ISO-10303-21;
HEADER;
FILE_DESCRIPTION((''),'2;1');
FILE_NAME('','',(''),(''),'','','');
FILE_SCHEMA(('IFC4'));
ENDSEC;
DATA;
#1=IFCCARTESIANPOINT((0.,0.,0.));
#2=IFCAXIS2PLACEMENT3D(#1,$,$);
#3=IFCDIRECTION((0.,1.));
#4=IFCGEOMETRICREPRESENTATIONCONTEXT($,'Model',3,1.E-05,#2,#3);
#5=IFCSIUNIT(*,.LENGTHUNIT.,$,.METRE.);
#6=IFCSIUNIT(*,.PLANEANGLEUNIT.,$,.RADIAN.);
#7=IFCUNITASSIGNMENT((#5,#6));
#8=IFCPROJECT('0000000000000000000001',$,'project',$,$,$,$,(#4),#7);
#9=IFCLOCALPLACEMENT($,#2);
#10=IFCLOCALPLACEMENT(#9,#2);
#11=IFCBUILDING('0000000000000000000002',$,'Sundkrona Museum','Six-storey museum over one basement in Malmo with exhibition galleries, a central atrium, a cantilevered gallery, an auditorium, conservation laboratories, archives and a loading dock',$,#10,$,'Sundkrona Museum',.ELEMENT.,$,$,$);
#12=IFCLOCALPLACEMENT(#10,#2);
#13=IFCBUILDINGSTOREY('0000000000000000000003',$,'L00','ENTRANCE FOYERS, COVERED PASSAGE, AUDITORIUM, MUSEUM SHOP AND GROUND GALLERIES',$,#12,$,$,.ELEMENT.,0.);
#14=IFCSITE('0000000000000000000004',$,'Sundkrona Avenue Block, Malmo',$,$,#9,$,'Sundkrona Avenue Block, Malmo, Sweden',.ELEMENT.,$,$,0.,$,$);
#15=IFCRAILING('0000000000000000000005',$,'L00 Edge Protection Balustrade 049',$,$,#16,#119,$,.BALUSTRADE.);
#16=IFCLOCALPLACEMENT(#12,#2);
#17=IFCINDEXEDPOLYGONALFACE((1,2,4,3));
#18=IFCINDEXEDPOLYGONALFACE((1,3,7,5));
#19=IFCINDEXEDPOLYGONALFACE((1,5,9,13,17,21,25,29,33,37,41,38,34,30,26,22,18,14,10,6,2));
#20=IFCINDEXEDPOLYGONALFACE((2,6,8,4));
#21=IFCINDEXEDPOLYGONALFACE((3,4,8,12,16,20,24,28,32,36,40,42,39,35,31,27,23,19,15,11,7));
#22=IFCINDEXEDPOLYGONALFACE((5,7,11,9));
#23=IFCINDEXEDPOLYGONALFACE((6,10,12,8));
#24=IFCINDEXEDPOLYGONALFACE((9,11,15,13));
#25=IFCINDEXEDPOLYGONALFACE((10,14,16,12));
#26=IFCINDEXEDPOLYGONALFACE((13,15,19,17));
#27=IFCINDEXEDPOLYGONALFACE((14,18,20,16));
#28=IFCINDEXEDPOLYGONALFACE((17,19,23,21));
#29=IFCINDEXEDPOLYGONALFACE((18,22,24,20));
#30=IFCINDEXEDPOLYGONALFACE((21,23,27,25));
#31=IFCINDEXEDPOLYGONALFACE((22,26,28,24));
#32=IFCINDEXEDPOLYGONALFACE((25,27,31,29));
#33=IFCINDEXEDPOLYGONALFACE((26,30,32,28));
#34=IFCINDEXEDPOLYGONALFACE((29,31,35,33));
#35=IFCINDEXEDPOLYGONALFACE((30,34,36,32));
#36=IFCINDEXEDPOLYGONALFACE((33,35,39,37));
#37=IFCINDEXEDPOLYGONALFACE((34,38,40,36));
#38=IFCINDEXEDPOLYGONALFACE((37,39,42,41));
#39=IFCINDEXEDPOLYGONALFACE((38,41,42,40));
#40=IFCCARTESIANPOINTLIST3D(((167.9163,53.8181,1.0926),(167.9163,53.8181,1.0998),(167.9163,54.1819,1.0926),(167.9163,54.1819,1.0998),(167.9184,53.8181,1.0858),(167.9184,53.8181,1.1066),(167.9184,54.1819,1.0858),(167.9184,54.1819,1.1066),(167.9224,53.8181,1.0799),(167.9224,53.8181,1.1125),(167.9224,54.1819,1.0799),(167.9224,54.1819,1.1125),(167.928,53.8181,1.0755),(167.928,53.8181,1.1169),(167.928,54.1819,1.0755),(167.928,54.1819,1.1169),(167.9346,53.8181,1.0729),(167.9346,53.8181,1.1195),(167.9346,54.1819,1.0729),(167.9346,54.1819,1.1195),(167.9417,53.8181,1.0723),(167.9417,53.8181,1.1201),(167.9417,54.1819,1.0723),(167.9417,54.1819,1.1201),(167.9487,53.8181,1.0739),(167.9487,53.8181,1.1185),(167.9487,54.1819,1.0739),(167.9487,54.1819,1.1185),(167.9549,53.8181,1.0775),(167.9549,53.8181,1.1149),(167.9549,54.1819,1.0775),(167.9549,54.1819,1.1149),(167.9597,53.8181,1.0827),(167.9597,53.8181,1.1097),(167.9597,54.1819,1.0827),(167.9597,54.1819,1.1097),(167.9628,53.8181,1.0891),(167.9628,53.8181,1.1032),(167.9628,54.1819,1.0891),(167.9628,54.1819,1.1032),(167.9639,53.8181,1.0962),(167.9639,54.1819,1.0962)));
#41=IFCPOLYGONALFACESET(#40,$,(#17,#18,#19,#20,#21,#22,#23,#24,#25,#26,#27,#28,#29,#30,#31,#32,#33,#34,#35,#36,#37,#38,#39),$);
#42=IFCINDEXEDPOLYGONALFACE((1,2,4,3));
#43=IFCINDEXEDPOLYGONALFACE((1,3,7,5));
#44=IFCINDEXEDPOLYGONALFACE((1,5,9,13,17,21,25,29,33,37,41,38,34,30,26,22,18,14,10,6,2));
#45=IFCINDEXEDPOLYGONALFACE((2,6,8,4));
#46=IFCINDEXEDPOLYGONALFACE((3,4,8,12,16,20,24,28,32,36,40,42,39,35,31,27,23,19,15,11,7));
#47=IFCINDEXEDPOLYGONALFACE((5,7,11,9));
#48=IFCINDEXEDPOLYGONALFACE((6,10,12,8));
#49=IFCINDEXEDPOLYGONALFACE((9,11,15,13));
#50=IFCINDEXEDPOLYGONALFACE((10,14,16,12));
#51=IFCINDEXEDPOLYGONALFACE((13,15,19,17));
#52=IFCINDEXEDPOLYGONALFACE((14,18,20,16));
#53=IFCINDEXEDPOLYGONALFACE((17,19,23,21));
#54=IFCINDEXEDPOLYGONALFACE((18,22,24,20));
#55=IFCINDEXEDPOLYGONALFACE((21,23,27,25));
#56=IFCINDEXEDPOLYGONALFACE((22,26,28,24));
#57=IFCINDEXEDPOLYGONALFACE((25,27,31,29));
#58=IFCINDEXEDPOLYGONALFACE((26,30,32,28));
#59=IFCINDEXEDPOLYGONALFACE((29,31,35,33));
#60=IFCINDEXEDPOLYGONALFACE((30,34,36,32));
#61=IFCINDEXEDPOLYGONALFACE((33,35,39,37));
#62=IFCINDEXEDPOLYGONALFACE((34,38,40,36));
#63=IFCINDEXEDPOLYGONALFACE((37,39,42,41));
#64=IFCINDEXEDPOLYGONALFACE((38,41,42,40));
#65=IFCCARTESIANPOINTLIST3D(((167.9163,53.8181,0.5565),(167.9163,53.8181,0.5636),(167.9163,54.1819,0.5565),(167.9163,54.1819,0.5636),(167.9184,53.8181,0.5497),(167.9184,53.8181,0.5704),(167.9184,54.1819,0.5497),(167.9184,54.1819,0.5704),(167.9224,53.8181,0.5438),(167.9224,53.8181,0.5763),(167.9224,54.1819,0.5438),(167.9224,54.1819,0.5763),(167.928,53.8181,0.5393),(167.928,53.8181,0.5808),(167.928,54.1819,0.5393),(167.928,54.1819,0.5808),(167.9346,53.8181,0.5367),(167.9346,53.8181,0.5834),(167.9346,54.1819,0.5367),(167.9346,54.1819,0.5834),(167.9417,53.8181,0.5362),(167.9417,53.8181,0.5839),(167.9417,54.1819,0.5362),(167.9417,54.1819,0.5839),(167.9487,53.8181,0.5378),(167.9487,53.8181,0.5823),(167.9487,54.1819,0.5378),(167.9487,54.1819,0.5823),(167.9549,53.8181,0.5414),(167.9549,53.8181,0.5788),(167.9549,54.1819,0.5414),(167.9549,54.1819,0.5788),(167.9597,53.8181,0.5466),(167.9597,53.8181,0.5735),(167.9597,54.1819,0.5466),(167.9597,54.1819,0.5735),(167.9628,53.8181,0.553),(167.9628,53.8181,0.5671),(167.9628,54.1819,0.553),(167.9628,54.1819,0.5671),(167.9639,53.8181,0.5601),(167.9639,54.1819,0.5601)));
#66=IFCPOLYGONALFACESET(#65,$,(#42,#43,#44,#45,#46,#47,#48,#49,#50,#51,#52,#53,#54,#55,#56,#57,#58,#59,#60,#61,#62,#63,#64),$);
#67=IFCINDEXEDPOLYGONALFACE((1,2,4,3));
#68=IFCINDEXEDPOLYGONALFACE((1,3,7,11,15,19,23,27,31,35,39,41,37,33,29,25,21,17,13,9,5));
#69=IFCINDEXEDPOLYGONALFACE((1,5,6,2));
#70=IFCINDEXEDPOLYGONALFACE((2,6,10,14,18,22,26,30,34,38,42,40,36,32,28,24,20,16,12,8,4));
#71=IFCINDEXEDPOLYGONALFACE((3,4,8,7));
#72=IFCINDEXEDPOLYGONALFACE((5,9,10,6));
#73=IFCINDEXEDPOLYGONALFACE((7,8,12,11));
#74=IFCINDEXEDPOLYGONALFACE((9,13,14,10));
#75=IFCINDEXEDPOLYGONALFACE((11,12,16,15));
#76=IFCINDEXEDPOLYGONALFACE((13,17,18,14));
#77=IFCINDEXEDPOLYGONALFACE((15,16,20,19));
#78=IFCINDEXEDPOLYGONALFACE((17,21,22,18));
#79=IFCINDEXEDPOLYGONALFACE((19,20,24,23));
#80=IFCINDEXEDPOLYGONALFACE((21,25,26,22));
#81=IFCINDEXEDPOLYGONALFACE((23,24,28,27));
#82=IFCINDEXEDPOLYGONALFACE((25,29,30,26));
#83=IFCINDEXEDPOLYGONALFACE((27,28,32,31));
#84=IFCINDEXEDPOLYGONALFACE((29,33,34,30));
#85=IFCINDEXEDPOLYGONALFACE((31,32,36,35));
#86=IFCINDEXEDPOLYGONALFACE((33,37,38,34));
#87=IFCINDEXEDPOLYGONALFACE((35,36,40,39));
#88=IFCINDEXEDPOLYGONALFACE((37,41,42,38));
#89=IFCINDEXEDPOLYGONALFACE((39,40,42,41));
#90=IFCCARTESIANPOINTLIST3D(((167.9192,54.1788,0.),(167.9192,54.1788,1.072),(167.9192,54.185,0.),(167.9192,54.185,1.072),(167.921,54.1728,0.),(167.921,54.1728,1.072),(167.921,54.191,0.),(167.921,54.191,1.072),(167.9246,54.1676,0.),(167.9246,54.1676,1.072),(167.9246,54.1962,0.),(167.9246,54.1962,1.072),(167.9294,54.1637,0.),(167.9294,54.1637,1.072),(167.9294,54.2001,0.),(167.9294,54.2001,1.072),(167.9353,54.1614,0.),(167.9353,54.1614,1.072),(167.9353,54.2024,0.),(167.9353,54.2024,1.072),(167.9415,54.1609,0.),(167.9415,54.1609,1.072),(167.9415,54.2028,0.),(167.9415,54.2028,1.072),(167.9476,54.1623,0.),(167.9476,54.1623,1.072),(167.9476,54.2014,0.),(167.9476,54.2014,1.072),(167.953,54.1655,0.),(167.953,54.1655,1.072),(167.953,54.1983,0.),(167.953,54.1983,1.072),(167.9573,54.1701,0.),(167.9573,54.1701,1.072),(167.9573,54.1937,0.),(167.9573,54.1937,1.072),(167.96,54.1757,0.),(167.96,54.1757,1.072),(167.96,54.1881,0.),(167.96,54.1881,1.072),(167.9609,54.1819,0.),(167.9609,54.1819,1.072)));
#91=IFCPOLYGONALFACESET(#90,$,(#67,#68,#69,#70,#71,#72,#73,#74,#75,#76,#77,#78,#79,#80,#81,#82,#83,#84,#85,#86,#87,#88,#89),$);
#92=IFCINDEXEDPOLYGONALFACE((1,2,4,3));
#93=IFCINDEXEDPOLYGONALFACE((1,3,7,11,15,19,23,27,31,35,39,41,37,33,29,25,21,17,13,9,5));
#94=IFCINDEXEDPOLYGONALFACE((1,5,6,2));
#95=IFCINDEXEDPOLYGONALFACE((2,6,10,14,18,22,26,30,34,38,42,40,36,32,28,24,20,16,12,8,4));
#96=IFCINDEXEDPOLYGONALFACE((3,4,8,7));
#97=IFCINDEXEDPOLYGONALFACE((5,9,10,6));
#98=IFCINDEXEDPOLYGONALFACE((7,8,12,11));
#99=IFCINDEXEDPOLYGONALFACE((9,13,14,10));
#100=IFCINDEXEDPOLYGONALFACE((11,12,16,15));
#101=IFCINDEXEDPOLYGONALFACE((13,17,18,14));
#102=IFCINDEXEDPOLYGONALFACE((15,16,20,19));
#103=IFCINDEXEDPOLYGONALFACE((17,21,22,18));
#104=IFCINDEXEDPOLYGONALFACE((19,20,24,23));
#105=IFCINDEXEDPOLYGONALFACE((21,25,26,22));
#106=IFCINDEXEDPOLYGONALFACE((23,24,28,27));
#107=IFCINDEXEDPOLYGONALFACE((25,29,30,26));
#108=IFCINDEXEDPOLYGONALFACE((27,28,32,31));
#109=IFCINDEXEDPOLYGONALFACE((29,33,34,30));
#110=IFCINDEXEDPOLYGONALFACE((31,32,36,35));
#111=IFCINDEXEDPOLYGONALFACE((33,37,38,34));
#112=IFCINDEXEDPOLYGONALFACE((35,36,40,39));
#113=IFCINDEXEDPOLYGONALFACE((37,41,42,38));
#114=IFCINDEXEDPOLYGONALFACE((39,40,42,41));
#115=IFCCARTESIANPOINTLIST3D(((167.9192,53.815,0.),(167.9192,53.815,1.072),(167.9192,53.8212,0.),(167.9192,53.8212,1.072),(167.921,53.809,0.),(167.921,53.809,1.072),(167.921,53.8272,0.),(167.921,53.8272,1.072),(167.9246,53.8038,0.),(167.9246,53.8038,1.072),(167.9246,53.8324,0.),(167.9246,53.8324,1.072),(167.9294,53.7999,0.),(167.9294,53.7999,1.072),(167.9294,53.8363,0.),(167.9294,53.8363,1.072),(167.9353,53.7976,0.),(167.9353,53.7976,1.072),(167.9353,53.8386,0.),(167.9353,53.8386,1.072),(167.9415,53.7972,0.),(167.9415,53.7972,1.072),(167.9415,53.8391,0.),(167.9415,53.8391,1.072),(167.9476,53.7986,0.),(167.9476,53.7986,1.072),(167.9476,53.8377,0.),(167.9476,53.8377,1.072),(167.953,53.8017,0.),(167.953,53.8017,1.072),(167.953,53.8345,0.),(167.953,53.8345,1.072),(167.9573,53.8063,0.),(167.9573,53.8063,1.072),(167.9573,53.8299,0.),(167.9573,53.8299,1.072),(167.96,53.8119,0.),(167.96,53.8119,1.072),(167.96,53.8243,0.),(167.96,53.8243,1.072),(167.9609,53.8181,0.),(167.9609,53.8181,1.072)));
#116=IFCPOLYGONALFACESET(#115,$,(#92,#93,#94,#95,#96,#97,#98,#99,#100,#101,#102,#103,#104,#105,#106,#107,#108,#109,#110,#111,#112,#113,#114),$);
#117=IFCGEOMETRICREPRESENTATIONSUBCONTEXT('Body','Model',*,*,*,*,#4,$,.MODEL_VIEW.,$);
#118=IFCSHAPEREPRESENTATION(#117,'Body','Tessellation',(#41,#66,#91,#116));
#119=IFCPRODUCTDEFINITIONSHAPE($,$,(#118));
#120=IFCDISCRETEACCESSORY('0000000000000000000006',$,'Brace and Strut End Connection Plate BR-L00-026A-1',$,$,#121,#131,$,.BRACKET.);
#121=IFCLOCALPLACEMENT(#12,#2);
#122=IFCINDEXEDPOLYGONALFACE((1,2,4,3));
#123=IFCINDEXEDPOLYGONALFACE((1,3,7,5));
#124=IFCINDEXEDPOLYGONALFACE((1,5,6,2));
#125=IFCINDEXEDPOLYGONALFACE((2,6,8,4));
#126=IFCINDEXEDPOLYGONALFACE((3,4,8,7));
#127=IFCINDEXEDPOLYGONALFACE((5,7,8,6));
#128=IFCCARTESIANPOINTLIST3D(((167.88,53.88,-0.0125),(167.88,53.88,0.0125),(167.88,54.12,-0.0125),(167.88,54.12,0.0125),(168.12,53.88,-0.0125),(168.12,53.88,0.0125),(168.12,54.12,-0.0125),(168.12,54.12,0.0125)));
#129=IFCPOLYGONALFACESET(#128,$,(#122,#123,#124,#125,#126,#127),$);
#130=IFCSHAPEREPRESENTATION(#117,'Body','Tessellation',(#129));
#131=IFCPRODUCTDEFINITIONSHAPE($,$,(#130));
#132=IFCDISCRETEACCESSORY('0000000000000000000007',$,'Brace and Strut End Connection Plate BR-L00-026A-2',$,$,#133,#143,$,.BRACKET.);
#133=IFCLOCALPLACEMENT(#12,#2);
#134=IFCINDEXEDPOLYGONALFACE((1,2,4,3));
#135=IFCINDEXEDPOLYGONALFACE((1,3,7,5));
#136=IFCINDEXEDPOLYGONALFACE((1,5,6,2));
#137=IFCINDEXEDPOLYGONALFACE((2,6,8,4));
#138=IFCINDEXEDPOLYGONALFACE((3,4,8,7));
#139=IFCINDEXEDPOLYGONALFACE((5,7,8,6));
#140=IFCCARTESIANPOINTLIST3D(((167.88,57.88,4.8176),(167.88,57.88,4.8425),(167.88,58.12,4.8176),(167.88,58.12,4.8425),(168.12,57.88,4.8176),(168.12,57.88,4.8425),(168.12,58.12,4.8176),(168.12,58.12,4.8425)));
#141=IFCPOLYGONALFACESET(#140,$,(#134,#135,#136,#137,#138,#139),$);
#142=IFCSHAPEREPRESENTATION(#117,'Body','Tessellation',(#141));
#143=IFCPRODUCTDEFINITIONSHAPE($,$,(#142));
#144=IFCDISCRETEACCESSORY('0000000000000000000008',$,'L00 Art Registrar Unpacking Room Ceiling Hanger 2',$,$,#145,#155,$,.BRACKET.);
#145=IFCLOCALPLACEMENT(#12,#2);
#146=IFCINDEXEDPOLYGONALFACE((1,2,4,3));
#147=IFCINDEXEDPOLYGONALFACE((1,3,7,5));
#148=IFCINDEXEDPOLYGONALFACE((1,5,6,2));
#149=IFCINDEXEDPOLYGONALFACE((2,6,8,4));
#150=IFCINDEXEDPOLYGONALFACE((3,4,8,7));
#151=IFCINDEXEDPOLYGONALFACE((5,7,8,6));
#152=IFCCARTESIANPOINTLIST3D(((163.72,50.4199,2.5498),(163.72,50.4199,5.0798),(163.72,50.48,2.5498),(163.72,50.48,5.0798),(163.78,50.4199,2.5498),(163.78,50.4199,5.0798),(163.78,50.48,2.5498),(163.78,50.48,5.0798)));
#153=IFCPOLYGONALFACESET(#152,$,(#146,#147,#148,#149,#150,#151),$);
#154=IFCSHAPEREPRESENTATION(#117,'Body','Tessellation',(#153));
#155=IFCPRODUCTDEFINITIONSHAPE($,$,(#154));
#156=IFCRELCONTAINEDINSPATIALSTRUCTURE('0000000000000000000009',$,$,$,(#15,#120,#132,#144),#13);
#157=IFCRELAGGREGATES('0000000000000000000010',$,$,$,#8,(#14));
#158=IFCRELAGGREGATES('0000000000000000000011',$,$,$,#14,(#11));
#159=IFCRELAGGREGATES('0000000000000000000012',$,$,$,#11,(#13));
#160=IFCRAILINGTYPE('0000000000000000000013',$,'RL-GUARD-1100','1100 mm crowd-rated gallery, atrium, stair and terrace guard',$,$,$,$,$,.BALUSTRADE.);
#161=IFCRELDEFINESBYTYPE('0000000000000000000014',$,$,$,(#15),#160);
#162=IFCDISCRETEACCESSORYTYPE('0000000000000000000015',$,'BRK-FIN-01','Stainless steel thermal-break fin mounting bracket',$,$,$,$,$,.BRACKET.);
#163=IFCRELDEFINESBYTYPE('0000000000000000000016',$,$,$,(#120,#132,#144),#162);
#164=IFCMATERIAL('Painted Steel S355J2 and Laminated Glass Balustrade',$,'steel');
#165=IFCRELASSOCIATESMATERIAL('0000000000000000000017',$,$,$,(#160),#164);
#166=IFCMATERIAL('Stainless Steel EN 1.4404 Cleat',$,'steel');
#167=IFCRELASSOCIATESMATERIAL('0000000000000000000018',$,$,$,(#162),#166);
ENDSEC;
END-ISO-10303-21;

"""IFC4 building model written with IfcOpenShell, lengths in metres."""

from ifc_helpers import new_model, si_unit, direction, frame, origin, origin_2d, place, context, subcontext, project, spatial, rectangle, circle, extrude, material, type_object, element, save


model = new_model("IFC4")

# Units and contexts
model_context = context("Model", 3, precision=1e-05, world=origin(), true_north=direction((0.0, 1.0)))
body_context = subcontext(model_context, "Body", "Model", "MODEL_VIEW")
ifc_project = project(units=[si_unit("LENGTHUNIT", "METRE"), si_unit("PLANEANGLEUNIT", "RADIAN")], contexts=[model_context])

# Site, building, storey
site_placement = place(None, origin())
site = spatial("IfcSite", under=ifc_project, at=site_placement, Name="Sundkrona Avenue Block, Malmo", LongName="Sundkrona Avenue Block, Malmo, Sweden", CompositionType="ELEMENT", RefElevation=0.0)
building_placement = place(site_placement, origin())
building = spatial("IfcBuilding", under=site, at=building_placement, Name="Sundkrona Museum", Description="Six-storey museum over one basement in Malmo with exhibition galleries, a central atrium, a cantilevered gallery, an auditorium, conservation laboratories, archives and a loading dock", LongName="Sundkrona Museum", CompositionType="ELEMENT")
storey_placement = place(building_placement, origin())
storey = spatial("IfcBuildingStorey", under=building, at=storey_placement, Name="L00", Description="ENTRANCE FOYERS, COVERED PASSAGE, AUDITORIUM, MUSEUM SHOP AND GROUND GALLERIES", CompositionType="ELEMENT", Elevation=0.0)

# Railing
ifc_material_1 = material(Name="Painted Steel S355J2 and Laminated Glass Balustrade", Category="steel")
railing_type = type_object("IfcRailingType", Name="RL-GUARD-1100", Description="1100 mm crowd-rated gallery, atrium, stair and terrace guard", PredefinedType="BALUSTRADE", material=ifc_material_1)
railing_1_placement = place(storey_placement, frame((167.9399, 54.1819, 0.0)))
element("IfcRailing", 1, at=railing_1_placement, inside=storey, type_object=railing_type, Name="L00 Edge Protection Balustrade 049", PredefinedType="BALUSTRADE", context=body_context, shape_type="SweptSolid", body=[
    extrude(circle(Radius=0.0239, at=origin_2d()), frame((0.0, 0.0, 1.0962), z_axis=(0.0, -1.0, 0.0), x_axis=(1.0, 0.0, 0.0)), (0.0, 0.0, 1.0), 0.3638),
    extrude(circle(Radius=0.0239, at=origin_2d()), frame((0.0, 0.0, 0.5601), z_axis=(0.0, -1.0, 0.0), x_axis=(1.0, 0.0, 0.0)), (0.0, 0.0, 1.0), 0.3638),
    extrude(circle(Radius=0.021, at=origin_2d()), origin(), (0.0, 0.0, 1.0), 1.072),
    extrude(circle(Radius=0.021, at=origin_2d()), frame((0.0, -0.3638, 0.0)), (0.0, 0.0, 1.0), 1.072),
])

# Discrete accessories
ifc_material_2 = material(Name="Stainless Steel EN 1.4404 Cleat", Category="steel")
discrete_accessory_type = type_object("IfcDiscreteAccessoryType", Name="BRK-FIN-01", Description="Stainless steel thermal-break fin mounting bracket", PredefinedType="BRACKET", material=ifc_material_2)
for number, where, z_axis, x_axis, name in (
    (2, (168.0, 54.0, -0.0125), (0.0, 0.0, 1.0), (1.0, 0.0, 0.0), "Brace and Strut End Connection Plate BR-L00-026A-1"),
    (3, (168.0, 58.0, 4.8176), (0.0, 0.0, 1.0), (1.0, 0.0, 0.0), "Brace and Strut End Connection Plate BR-L00-026A-2"),
):
    element("IfcDiscreteAccessory", number, at=place(storey_placement, frame(where, z_axis=z_axis, x_axis=x_axis)), inside=storey, type_object=discrete_accessory_type, Name=name, PredefinedType="BRACKET", context=body_context, shape_type="SweptSolid", body=[
        extrude(rectangle(XDim=0.24, YDim=0.24, at=origin_2d()), origin(), (0.0, 0.0, 1.0), 0.0249),
    ])
discrete_accessory_placement = place(storey_placement, frame((163.75, 50.45, 2.5498), z_axis=(0.0, 0.0, 1.0), x_axis=(1.0, 0.0, 0.0)))
element("IfcDiscreteAccessory", 4, at=discrete_accessory_placement, inside=storey, type_object=discrete_accessory_type, Name="L00 Art Registrar Unpacking Room Ceiling Hanger 2", PredefinedType="BRACKET", context=body_context, shape_type="SweptSolid", body=[
    extrude(rectangle(XDim=0.0601, YDim=0.0601, at=origin_2d()), origin(), (0.0, 0.0, 1.0), 2.53),
])

save(model, "model.ifc")
